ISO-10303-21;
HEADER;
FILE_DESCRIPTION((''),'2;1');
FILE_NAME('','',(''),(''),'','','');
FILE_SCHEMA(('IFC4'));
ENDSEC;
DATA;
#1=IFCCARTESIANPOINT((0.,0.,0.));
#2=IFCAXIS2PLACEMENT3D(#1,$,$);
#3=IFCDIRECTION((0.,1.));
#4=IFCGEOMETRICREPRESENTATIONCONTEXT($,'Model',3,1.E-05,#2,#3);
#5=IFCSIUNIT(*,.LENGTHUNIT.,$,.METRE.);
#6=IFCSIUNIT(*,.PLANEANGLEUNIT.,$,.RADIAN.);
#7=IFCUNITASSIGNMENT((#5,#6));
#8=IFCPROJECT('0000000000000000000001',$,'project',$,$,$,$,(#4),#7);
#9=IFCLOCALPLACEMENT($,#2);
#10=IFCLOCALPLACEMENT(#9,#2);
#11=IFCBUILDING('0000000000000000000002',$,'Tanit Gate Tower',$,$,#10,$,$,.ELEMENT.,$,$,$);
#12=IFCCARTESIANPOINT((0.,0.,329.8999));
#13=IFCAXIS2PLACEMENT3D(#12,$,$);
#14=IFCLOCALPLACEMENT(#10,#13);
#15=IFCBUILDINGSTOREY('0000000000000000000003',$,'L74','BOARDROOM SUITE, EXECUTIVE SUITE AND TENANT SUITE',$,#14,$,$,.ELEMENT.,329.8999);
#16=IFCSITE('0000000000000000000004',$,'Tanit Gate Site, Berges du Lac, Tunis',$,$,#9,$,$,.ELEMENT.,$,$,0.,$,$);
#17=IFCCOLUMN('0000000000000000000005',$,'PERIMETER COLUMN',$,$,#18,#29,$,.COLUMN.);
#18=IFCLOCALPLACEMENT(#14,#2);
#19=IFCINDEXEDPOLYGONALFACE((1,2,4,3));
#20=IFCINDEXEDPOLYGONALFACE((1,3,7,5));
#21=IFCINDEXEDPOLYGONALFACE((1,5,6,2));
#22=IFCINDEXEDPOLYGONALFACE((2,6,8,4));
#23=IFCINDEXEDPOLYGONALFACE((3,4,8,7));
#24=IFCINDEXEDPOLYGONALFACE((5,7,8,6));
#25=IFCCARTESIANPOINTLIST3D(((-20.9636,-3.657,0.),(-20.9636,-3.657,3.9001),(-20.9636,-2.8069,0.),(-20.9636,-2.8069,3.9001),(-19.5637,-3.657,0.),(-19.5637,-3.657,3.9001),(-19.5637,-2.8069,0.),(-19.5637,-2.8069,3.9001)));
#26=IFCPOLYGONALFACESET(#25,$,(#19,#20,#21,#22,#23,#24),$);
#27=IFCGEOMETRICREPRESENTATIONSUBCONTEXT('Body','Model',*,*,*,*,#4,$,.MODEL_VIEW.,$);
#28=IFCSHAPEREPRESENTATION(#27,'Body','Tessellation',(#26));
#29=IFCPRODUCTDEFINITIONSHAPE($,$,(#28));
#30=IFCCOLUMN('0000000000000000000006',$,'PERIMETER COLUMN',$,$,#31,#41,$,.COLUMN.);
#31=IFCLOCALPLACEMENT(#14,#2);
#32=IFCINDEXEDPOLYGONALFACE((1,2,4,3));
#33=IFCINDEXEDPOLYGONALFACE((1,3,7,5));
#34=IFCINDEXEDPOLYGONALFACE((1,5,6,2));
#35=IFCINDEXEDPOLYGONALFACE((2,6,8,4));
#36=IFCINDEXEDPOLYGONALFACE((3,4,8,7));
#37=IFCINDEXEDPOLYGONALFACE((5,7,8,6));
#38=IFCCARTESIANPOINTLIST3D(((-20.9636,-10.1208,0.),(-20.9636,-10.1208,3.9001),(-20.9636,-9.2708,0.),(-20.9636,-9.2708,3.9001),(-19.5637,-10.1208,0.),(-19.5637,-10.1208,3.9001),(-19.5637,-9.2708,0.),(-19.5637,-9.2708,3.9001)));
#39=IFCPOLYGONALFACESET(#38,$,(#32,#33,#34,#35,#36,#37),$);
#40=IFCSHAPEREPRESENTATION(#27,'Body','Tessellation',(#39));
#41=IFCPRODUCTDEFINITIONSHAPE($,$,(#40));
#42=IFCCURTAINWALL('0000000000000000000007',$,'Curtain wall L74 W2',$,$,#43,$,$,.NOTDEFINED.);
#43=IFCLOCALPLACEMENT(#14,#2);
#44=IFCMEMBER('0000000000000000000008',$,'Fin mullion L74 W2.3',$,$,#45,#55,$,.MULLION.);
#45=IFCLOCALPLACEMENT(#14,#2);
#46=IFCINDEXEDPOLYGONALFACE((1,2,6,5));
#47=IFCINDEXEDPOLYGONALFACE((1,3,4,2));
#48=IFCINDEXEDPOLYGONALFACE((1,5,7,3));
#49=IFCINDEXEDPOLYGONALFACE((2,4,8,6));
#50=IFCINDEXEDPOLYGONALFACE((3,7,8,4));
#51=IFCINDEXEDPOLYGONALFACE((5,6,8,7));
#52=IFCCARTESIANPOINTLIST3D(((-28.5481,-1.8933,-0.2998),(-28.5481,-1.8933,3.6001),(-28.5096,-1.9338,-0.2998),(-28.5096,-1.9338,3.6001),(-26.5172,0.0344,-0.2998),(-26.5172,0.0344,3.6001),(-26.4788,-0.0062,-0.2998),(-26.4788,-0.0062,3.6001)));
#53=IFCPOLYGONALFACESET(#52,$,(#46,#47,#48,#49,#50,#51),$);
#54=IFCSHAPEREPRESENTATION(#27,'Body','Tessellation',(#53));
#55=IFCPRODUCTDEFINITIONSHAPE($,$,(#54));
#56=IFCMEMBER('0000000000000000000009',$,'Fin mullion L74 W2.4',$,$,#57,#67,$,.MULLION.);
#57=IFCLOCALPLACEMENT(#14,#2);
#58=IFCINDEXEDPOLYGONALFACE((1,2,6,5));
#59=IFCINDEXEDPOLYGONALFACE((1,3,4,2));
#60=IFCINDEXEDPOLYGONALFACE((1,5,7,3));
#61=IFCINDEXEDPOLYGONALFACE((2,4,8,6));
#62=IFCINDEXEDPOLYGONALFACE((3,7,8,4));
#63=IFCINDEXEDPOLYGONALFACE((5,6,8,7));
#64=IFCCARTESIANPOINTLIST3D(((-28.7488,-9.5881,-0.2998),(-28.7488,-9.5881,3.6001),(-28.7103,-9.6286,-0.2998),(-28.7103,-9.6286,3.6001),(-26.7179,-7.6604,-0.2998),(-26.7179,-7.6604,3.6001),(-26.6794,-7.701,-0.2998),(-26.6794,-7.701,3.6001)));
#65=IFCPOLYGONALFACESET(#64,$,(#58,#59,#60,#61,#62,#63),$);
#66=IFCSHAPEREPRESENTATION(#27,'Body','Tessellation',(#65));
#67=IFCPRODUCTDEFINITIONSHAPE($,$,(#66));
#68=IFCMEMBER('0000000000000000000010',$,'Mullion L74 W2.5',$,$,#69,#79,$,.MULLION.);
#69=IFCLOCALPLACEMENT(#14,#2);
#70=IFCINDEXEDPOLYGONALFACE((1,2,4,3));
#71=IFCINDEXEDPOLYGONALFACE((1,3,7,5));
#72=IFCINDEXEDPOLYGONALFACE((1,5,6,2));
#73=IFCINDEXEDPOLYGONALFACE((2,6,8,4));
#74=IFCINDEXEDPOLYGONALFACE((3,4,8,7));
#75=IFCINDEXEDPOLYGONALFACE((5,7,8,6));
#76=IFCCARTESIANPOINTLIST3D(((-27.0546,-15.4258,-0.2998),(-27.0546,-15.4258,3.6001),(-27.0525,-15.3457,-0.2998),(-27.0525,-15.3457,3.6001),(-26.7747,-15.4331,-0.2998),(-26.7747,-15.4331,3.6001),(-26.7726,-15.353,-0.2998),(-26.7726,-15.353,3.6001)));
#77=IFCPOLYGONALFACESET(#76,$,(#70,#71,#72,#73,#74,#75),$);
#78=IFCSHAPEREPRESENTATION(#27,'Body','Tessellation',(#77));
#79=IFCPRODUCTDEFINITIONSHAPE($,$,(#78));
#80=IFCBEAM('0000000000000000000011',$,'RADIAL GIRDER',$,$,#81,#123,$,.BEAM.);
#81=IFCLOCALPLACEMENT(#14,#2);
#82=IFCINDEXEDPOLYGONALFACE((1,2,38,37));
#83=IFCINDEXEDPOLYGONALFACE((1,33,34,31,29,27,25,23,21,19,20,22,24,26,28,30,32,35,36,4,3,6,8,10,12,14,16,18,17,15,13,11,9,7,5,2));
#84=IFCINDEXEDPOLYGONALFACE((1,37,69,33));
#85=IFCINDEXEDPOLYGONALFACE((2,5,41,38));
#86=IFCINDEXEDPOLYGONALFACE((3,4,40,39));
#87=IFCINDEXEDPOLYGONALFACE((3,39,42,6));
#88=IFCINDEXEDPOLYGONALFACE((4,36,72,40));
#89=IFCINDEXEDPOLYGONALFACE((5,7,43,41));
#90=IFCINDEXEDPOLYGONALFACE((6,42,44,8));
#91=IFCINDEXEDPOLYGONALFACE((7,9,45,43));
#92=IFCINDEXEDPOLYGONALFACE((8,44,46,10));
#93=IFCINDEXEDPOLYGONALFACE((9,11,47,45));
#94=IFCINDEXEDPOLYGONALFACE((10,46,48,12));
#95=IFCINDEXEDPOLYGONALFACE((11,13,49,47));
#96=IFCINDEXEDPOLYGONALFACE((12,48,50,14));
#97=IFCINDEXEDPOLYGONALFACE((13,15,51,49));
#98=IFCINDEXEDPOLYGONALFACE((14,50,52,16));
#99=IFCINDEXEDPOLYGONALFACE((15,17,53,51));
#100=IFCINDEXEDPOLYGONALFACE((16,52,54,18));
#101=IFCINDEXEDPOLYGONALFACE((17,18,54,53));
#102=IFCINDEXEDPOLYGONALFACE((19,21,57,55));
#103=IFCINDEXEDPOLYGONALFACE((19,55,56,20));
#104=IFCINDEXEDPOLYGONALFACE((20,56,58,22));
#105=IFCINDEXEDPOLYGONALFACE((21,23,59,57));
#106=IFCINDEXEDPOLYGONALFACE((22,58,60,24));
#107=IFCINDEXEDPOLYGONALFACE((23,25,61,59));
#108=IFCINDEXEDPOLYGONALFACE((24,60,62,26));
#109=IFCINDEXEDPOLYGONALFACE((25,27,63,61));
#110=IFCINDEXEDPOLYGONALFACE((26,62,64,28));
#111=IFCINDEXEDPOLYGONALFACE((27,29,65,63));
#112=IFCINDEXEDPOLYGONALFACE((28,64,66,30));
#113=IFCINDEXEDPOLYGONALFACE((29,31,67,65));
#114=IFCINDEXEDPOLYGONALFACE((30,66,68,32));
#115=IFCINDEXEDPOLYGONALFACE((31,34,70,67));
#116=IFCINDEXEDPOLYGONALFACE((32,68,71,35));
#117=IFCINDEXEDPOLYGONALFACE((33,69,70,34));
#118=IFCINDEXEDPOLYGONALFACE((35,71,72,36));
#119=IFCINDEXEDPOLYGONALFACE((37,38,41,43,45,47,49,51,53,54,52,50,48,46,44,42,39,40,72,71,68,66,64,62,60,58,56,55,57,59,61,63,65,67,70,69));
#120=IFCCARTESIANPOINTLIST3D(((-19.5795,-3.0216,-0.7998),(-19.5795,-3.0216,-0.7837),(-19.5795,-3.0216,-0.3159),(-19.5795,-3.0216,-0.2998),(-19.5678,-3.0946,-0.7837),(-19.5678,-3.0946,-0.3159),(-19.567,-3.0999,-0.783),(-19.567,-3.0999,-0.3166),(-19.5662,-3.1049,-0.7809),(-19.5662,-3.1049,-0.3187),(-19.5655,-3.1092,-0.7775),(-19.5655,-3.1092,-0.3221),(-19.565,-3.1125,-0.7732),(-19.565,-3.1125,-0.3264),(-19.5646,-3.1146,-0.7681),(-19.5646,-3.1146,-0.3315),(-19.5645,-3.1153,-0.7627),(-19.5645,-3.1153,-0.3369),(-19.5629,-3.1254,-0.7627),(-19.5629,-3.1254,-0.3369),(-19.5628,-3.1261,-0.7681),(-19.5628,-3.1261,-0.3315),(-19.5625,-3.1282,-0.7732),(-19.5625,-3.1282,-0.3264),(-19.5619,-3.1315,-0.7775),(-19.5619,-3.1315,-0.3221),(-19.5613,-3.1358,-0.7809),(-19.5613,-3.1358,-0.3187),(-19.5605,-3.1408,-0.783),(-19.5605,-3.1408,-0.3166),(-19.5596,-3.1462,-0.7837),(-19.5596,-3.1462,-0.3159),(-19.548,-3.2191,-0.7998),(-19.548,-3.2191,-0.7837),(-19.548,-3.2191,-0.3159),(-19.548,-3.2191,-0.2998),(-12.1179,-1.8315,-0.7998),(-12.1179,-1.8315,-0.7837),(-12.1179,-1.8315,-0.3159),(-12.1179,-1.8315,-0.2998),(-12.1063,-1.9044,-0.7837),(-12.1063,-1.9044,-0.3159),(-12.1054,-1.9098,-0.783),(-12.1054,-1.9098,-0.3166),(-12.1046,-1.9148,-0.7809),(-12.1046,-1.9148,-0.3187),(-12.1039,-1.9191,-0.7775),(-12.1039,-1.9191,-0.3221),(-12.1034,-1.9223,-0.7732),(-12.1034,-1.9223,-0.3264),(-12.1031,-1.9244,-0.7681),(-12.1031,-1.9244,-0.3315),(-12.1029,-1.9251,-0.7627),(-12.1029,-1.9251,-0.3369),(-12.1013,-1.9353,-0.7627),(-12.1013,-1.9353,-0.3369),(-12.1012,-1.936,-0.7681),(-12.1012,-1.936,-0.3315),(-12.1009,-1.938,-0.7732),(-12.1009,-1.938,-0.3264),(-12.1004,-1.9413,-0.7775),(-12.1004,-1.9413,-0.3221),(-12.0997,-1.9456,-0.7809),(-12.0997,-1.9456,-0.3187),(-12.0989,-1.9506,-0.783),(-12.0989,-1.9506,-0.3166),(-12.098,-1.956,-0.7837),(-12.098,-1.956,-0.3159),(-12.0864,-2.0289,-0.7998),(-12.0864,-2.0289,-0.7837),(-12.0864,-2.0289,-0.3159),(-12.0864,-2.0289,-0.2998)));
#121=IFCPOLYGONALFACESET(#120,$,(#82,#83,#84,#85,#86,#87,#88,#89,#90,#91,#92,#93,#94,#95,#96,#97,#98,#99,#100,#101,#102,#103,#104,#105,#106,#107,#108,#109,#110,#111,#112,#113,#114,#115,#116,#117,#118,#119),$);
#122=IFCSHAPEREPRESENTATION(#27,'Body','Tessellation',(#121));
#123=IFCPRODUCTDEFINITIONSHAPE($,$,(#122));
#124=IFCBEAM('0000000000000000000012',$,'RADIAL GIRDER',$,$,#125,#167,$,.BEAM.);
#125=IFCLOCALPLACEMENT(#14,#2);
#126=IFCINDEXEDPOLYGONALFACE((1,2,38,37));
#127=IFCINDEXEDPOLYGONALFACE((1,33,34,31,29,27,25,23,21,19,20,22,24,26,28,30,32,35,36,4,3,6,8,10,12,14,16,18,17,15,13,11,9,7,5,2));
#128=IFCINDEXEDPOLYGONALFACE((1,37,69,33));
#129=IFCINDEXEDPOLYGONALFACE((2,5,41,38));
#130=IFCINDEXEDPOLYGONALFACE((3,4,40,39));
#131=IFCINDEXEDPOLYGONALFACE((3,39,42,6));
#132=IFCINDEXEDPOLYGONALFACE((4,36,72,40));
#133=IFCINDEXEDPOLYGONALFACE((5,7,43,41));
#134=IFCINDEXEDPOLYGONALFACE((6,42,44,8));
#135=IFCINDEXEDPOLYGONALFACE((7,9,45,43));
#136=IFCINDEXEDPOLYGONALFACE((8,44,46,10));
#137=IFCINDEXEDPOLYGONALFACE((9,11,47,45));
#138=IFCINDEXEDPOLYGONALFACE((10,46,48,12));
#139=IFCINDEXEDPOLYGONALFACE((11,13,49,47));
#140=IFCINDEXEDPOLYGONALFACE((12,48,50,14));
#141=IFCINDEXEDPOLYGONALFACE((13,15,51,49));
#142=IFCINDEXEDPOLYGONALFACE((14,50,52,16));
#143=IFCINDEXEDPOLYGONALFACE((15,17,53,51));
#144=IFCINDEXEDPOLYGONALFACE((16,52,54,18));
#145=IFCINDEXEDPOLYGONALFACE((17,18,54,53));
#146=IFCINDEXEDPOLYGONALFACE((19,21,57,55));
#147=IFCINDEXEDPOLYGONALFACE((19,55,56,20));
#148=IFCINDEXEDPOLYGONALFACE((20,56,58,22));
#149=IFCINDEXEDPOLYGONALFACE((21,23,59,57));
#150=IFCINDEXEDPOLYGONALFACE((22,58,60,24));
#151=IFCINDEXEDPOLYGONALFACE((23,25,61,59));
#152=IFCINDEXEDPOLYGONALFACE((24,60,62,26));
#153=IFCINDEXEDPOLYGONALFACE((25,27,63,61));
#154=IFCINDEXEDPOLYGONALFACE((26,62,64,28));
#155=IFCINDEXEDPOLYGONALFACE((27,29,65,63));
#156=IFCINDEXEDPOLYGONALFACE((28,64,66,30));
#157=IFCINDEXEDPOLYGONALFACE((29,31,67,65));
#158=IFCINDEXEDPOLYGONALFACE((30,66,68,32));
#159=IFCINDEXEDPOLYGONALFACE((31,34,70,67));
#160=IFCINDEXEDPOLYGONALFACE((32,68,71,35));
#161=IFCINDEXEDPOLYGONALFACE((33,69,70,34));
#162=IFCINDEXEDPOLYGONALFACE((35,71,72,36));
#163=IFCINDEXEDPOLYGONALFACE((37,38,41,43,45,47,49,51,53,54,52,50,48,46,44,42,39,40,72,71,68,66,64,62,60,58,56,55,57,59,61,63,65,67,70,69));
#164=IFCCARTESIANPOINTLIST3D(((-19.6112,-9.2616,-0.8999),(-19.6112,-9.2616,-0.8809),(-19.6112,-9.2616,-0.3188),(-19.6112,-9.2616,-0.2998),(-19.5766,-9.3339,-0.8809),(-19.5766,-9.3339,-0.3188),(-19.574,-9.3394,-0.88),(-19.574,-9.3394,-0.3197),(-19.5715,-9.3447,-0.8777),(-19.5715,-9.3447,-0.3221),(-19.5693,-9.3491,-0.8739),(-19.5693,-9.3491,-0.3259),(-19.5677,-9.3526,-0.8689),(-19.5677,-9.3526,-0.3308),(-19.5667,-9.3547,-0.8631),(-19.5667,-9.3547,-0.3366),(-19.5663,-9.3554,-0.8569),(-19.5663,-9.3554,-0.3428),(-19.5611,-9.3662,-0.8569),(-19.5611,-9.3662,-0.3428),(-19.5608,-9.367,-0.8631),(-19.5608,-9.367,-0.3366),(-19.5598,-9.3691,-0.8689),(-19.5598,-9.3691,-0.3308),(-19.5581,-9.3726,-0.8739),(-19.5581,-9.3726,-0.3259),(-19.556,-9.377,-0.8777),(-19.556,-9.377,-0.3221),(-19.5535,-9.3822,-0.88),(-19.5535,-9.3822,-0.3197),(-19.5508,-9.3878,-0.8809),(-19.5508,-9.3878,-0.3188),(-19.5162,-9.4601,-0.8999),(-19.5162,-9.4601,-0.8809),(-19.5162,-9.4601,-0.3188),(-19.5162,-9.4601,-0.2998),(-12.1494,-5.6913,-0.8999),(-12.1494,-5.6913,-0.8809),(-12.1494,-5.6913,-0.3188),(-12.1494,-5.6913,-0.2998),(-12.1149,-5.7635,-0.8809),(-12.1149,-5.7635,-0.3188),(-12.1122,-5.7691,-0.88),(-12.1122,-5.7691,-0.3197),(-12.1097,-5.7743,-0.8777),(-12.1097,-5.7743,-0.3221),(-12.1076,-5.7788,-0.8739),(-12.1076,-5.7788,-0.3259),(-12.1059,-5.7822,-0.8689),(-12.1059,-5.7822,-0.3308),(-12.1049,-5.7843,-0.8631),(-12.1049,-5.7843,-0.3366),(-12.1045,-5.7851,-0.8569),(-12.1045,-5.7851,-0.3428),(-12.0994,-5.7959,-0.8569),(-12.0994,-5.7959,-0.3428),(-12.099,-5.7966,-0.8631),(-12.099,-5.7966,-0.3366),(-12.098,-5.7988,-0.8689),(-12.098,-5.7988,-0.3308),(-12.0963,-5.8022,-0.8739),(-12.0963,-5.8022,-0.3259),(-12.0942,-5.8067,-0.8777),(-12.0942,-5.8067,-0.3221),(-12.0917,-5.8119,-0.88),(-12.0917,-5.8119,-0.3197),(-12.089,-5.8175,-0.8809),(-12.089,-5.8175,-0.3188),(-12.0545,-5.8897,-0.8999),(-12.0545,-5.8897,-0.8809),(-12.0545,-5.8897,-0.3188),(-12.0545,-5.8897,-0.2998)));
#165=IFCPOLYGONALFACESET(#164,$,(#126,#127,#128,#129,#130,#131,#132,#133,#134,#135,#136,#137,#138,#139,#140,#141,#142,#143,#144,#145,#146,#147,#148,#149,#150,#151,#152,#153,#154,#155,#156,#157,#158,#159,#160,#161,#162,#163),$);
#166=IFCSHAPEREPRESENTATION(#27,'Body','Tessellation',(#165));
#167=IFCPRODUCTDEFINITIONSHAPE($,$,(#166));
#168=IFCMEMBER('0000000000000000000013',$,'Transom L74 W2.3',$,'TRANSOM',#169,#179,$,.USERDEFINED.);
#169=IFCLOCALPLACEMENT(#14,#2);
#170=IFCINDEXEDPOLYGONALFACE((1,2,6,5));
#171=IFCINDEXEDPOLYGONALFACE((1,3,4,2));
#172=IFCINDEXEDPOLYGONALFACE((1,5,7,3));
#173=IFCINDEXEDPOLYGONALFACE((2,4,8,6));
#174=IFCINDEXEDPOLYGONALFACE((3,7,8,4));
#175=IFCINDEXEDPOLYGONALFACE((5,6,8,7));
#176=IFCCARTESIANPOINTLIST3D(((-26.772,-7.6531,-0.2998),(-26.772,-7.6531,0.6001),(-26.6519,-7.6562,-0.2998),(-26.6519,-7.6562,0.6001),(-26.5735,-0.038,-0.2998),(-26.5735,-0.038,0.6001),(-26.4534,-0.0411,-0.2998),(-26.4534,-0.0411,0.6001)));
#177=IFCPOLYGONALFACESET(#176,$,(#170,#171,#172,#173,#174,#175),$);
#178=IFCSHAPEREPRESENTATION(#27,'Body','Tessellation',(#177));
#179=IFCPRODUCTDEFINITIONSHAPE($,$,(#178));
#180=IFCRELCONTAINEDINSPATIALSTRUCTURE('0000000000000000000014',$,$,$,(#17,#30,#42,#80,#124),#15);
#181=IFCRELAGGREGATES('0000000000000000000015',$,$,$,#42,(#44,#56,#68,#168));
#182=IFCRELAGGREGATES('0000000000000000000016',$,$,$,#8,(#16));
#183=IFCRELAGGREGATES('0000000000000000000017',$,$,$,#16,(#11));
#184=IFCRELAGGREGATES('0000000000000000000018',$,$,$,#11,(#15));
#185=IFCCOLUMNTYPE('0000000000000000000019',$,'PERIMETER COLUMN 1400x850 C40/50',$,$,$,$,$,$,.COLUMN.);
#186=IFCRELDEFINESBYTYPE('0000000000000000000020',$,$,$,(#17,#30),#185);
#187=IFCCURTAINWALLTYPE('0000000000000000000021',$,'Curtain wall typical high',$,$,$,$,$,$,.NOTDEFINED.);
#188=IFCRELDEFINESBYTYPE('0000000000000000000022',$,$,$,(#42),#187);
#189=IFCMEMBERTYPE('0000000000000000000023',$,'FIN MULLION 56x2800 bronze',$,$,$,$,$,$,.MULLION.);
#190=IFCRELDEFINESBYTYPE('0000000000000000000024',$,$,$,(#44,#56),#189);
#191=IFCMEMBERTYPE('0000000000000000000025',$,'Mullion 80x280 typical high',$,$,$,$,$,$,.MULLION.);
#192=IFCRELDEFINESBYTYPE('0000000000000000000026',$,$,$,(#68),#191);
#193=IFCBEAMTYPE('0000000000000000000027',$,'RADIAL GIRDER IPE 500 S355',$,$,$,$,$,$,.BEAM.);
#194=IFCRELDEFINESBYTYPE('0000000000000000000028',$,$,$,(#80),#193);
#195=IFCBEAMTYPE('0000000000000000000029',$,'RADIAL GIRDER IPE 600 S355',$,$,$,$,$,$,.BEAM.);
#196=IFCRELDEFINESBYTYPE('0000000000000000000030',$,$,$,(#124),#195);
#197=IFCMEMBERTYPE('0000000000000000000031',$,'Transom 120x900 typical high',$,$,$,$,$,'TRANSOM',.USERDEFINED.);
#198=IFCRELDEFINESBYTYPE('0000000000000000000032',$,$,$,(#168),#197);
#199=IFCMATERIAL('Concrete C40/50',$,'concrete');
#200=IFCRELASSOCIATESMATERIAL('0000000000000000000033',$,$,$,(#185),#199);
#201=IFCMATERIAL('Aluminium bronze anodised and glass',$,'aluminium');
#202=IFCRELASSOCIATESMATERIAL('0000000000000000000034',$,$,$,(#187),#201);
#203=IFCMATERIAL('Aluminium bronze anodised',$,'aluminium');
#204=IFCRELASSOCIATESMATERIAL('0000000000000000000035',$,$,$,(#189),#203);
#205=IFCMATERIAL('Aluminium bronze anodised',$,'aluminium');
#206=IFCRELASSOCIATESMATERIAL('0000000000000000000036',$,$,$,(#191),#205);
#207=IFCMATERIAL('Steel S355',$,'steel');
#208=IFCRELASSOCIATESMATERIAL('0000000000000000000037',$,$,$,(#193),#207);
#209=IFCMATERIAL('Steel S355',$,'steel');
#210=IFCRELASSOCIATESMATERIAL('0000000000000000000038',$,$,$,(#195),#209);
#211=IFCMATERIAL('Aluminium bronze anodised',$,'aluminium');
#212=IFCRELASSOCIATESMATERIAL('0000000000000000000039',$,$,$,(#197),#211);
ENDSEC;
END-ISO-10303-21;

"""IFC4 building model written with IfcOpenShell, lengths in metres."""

from ifc_helpers import new_model, si_unit, direction, frame, origin, origin_2d, place, context, subcontext, project, spatial, rectangle, i_section, extrude, material, material_profile, profile_set, type_object, element, aggregate, save


model = new_model("IFC4")

# Units and contexts
model_context = context("Model", 3, precision=1e-05, world=origin(), true_north=direction((0.0, 1.0)))
body_context = subcontext(model_context, "Body", "Model", "MODEL_VIEW")
ifc_project = project(units=[si_unit("LENGTHUNIT", "METRE"), si_unit("PLANEANGLEUNIT", "RADIAN")], contexts=[model_context])

# Site, building, storey
site_placement = place(None, origin())
site = spatial("IfcSite", under=ifc_project, at=site_placement, Name="Tanit Gate Site, Berges du Lac, Tunis", CompositionType="ELEMENT", RefElevation=0.0)
building_placement = place(site_placement, origin())
building = spatial("IfcBuilding", under=site, at=building_placement, Name="Tanit Gate Tower", CompositionType="ELEMENT")
storey_placement = place(building_placement, frame((0.0, 0.0, 329.8999)))
storey = spatial("IfcBuildingStorey", under=building, at=storey_placement, Name="L74", Description="BOARDROOM SUITE, EXECUTIVE SUITE AND TENANT SUITE", CompositionType="ELEMENT", Elevation=329.8999)

# Columns
ifc_material_1 = material(Name="Concrete C40/50", Category="concrete")
ifc_material_profile_1 = material_profile(ifc_material_1, rectangle(XDim=1.3999, YDim=0.8501, at=origin_2d()), Name="RC 1400x850")
ifc_profile_set_1 = profile_set([ifc_material_profile_1], Name="Concrete C40/50")
column_type = type_object("IfcColumnType", Name="PERIMETER COLUMN 1400x850 C40/50", PredefinedType="COLUMN", material=ifc_profile_set_1)
for number, where, z_axis, x_axis, name in (
    (1, (-20.2637, -3.2319, 0.0), (0.0, 0.0, 1.0), (-1.0, 0.0, 0.0), "PERIMETER COLUMN"),
    (2, (-20.2637, -9.6958, 0.0), (0.0, 0.0, 1.0), (-1.0, 0.0, 0.0), "PERIMETER COLUMN"),
):
    element("IfcColumn", number, at=place(storey_placement, frame(where, z_axis=z_axis, x_axis=x_axis)), inside=storey, type_object=column_type, Name=name, PredefinedType="COLUMN", context=body_context, shape_type="SweptSolid", body=[
        extrude(rectangle(XDim=1.3999, YDim=0.8501, at=origin_2d()), origin(), (0.0, 0.0, 1.0), 3.9001),
    ])

# Curtain wall, members
ifc_material_2 = material(Name="Aluminium bronze anodised and glass", Category="aluminium")
curtain_wall_type = type_object("IfcCurtainWallType", Name="Curtain wall typical high", PredefinedType="NOTDEFINED", material=ifc_material_2)
curtain_wall_placement = place(storey_placement, origin())
curtain_wall = element("IfcCurtainWall", 3, at=curtain_wall_placement, inside=storey, type_object=curtain_wall_type, Name="Curtain wall L74 W2", PredefinedType="NOTDEFINED")
ifc_material_3 = material(Name="Aluminium bronze anodised", Category="aluminium")
ifc_material_profile_2 = material_profile(ifc_material_3, rectangle(XDim=2.8, YDim=0.0559, at=origin_2d()), Name="56x2800 bronze fin mullion")
ifc_profile_set_2 = profile_set([ifc_material_profile_2], Name="Aluminium bronze anodised")
member_type_1 = type_object("IfcMemberType", Name="FIN MULLION 56x2800 bronze", PredefinedType="MULLION", material=ifc_profile_set_2)
member_1_placement = place(storey_placement, frame((-27.5134, -0.9497, -0.2998), z_axis=(0.0, 0.0, 1.0), x_axis=(0.725296, 0.688438, 0.0)))
member_1 = element("IfcMember", 4, at=member_1_placement, type_object=member_type_1, Name="Fin mullion L74 W2.3", PredefinedType="MULLION", context=body_context, shape_type="SweptSolid", body=[
    extrude(rectangle(XDim=2.8, YDim=0.0559, at=origin_2d()), origin(), (0.0, 0.0, 1.0), 3.8999),
])
member_2_placement = place(storey_placement, frame((-27.7141, -8.6445, -0.2998), z_axis=(0.0, 0.0, 1.0), x_axis=(0.725296, 0.688438, 0.0)))
member_2 = element("IfcMember", 5, at=member_2_placement, type_object=member_type_1, Name="Fin mullion L74 W2.4", PredefinedType="MULLION", context=body_context, shape_type="SweptSolid", body=[
    extrude(rectangle(XDim=2.8, YDim=0.0559, at=origin_2d()), origin(), (0.0, 0.0, 1.0), 3.8999),
])
ifc_material_4 = material(Name="Aluminium bronze anodised", Category="aluminium")
ifc_material_profile_3 = material_profile(ifc_material_4, rectangle(XDim=0.28, YDim=0.0801, at=origin_2d()), Name="80x280 bronze mullion")
ifc_profile_set_3 = profile_set([ifc_material_profile_3], Name="Aluminium bronze anodised")
member_type_2 = type_object("IfcMemberType", Name="Mullion 80x280 typical high", PredefinedType="MULLION", material=ifc_profile_set_3)
member_3_placement = place(storey_placement, frame((-26.9136, -15.3894, -0.2998), z_axis=(0.0, 0.0, 1.0), x_axis=(0.99966, -0.026063, 0.0)))
member_3 = element("IfcMember", 6, at=member_3_placement, type_object=member_type_2, Name="Mullion L74 W2.5", PredefinedType="MULLION", context=body_context, shape_type="SweptSolid", body=[
    extrude(rectangle(XDim=0.28, YDim=0.0801, at=origin_2d()), origin(), (0.0, 0.0, 1.0), 3.8999),
])

# Beams
ifc_material_5 = material(Name="Steel S355", Category="steel")
ifc_material_profile_4 = material_profile(ifc_material_5, i_section(OverallWidth=0.2, OverallDepth=0.5, WebThickness=0.0103, FlangeThickness=0.0161, FilletRadius=0.021, at=origin_2d()), Name="IPE 500")
ifc_profile_set_4 = profile_set([ifc_material_profile_4], Name="Steel S355")
beam_type_1 = type_object("IfcBeamType", Name="RADIAL GIRDER IPE 500 S355", PredefinedType="BEAM", material=ifc_profile_set_4)
beam_1_placement = place(storey_placement, frame((-19.5637, -3.1204, -0.5498), z_axis=(0.987517, 0.157515, 0.0), x_axis=(-0.157515, 0.987517, 0.0)))
element("IfcBeam", 7, at=beam_1_placement, inside=storey, type_object=beam_type_1, Name="RADIAL GIRDER", PredefinedType="BEAM", context=body_context, shape_type="SweptSolid", body=[
    extrude(i_section(OverallWidth=0.2, OverallDepth=0.5, WebThickness=0.0103, FlangeThickness=0.0161, FilletRadius=0.021, at=origin_2d()), origin(), (0.0, 0.0, 1.0), 7.5559),
])
ifc_material_6 = material(Name="Steel S355", Category="steel")
ifc_material_profile_5 = material_profile(ifc_material_6, i_section(OverallWidth=0.22, OverallDepth=0.6001, WebThickness=0.012, FlangeThickness=0.019, FilletRadius=0.0239, at=origin_2d()), Name="IPE 600")
ifc_profile_set_5 = profile_set([ifc_material_profile_5], Name="Steel S355")
beam_type_2 = type_object("IfcBeamType", Name="RADIAL GIRDER IPE 600 S355", PredefinedType="BEAM", material=ifc_profile_set_5)
beam_2_placement = place(storey_placement, frame((-19.5637, -9.3608, -0.5999), z_axis=(0.902055, 0.431622, 0.0), x_axis=(-0.431622, 0.902055, 0.0)))
element("IfcBeam", 8, at=beam_2_placement, inside=storey, type_object=beam_type_2, Name="RADIAL GIRDER", PredefinedType="BEAM", context=body_context, shape_type="SweptSolid", body=[
    extrude(i_section(OverallWidth=0.22, OverallDepth=0.6001, WebThickness=0.012, FlangeThickness=0.019, FilletRadius=0.0239, at=origin_2d()), origin(), (0.0, 0.0, 1.0), 8.272),
])

# Member
ifc_material_7 = material(Name="Aluminium bronze anodised", Category="aluminium")
ifc_material_profile_6 = material_profile(ifc_material_7, rectangle(XDim=0.1201, YDim=0.8999, at=origin_2d()), Name="120x900 bronze transom")
ifc_profile_set_6 = profile_set([ifc_material_profile_6], Name="Aluminium bronze anodised")
member_type_3 = type_object("IfcMemberType", Name="Transom 120x900 typical high", ElementType="TRANSOM", PredefinedType="USERDEFINED", material=ifc_profile_set_6)
member_4_placement = place(storey_placement, frame((-26.5134, -0.0396, 0.1501), z_axis=(-0.026056, -0.99966, 0.0), x_axis=(0.99966, -0.026056, 0.0)))
member_4 = element("IfcMember", 9, at=member_4_placement, type_object=member_type_3, Name="Transom L74 W2.3", ObjectType="TRANSOM", PredefinedType="USERDEFINED", context=body_context, shape_type="SweptSolid", body=[
    extrude(rectangle(XDim=0.1201, YDim=0.8999, at=origin_2d()), origin(), (0.0, 0.0, 1.0), 7.6177),
])

aggregate(curtain_wall, [member_1, member_2, member_3, member_4])

save(model, "model.ifc")
